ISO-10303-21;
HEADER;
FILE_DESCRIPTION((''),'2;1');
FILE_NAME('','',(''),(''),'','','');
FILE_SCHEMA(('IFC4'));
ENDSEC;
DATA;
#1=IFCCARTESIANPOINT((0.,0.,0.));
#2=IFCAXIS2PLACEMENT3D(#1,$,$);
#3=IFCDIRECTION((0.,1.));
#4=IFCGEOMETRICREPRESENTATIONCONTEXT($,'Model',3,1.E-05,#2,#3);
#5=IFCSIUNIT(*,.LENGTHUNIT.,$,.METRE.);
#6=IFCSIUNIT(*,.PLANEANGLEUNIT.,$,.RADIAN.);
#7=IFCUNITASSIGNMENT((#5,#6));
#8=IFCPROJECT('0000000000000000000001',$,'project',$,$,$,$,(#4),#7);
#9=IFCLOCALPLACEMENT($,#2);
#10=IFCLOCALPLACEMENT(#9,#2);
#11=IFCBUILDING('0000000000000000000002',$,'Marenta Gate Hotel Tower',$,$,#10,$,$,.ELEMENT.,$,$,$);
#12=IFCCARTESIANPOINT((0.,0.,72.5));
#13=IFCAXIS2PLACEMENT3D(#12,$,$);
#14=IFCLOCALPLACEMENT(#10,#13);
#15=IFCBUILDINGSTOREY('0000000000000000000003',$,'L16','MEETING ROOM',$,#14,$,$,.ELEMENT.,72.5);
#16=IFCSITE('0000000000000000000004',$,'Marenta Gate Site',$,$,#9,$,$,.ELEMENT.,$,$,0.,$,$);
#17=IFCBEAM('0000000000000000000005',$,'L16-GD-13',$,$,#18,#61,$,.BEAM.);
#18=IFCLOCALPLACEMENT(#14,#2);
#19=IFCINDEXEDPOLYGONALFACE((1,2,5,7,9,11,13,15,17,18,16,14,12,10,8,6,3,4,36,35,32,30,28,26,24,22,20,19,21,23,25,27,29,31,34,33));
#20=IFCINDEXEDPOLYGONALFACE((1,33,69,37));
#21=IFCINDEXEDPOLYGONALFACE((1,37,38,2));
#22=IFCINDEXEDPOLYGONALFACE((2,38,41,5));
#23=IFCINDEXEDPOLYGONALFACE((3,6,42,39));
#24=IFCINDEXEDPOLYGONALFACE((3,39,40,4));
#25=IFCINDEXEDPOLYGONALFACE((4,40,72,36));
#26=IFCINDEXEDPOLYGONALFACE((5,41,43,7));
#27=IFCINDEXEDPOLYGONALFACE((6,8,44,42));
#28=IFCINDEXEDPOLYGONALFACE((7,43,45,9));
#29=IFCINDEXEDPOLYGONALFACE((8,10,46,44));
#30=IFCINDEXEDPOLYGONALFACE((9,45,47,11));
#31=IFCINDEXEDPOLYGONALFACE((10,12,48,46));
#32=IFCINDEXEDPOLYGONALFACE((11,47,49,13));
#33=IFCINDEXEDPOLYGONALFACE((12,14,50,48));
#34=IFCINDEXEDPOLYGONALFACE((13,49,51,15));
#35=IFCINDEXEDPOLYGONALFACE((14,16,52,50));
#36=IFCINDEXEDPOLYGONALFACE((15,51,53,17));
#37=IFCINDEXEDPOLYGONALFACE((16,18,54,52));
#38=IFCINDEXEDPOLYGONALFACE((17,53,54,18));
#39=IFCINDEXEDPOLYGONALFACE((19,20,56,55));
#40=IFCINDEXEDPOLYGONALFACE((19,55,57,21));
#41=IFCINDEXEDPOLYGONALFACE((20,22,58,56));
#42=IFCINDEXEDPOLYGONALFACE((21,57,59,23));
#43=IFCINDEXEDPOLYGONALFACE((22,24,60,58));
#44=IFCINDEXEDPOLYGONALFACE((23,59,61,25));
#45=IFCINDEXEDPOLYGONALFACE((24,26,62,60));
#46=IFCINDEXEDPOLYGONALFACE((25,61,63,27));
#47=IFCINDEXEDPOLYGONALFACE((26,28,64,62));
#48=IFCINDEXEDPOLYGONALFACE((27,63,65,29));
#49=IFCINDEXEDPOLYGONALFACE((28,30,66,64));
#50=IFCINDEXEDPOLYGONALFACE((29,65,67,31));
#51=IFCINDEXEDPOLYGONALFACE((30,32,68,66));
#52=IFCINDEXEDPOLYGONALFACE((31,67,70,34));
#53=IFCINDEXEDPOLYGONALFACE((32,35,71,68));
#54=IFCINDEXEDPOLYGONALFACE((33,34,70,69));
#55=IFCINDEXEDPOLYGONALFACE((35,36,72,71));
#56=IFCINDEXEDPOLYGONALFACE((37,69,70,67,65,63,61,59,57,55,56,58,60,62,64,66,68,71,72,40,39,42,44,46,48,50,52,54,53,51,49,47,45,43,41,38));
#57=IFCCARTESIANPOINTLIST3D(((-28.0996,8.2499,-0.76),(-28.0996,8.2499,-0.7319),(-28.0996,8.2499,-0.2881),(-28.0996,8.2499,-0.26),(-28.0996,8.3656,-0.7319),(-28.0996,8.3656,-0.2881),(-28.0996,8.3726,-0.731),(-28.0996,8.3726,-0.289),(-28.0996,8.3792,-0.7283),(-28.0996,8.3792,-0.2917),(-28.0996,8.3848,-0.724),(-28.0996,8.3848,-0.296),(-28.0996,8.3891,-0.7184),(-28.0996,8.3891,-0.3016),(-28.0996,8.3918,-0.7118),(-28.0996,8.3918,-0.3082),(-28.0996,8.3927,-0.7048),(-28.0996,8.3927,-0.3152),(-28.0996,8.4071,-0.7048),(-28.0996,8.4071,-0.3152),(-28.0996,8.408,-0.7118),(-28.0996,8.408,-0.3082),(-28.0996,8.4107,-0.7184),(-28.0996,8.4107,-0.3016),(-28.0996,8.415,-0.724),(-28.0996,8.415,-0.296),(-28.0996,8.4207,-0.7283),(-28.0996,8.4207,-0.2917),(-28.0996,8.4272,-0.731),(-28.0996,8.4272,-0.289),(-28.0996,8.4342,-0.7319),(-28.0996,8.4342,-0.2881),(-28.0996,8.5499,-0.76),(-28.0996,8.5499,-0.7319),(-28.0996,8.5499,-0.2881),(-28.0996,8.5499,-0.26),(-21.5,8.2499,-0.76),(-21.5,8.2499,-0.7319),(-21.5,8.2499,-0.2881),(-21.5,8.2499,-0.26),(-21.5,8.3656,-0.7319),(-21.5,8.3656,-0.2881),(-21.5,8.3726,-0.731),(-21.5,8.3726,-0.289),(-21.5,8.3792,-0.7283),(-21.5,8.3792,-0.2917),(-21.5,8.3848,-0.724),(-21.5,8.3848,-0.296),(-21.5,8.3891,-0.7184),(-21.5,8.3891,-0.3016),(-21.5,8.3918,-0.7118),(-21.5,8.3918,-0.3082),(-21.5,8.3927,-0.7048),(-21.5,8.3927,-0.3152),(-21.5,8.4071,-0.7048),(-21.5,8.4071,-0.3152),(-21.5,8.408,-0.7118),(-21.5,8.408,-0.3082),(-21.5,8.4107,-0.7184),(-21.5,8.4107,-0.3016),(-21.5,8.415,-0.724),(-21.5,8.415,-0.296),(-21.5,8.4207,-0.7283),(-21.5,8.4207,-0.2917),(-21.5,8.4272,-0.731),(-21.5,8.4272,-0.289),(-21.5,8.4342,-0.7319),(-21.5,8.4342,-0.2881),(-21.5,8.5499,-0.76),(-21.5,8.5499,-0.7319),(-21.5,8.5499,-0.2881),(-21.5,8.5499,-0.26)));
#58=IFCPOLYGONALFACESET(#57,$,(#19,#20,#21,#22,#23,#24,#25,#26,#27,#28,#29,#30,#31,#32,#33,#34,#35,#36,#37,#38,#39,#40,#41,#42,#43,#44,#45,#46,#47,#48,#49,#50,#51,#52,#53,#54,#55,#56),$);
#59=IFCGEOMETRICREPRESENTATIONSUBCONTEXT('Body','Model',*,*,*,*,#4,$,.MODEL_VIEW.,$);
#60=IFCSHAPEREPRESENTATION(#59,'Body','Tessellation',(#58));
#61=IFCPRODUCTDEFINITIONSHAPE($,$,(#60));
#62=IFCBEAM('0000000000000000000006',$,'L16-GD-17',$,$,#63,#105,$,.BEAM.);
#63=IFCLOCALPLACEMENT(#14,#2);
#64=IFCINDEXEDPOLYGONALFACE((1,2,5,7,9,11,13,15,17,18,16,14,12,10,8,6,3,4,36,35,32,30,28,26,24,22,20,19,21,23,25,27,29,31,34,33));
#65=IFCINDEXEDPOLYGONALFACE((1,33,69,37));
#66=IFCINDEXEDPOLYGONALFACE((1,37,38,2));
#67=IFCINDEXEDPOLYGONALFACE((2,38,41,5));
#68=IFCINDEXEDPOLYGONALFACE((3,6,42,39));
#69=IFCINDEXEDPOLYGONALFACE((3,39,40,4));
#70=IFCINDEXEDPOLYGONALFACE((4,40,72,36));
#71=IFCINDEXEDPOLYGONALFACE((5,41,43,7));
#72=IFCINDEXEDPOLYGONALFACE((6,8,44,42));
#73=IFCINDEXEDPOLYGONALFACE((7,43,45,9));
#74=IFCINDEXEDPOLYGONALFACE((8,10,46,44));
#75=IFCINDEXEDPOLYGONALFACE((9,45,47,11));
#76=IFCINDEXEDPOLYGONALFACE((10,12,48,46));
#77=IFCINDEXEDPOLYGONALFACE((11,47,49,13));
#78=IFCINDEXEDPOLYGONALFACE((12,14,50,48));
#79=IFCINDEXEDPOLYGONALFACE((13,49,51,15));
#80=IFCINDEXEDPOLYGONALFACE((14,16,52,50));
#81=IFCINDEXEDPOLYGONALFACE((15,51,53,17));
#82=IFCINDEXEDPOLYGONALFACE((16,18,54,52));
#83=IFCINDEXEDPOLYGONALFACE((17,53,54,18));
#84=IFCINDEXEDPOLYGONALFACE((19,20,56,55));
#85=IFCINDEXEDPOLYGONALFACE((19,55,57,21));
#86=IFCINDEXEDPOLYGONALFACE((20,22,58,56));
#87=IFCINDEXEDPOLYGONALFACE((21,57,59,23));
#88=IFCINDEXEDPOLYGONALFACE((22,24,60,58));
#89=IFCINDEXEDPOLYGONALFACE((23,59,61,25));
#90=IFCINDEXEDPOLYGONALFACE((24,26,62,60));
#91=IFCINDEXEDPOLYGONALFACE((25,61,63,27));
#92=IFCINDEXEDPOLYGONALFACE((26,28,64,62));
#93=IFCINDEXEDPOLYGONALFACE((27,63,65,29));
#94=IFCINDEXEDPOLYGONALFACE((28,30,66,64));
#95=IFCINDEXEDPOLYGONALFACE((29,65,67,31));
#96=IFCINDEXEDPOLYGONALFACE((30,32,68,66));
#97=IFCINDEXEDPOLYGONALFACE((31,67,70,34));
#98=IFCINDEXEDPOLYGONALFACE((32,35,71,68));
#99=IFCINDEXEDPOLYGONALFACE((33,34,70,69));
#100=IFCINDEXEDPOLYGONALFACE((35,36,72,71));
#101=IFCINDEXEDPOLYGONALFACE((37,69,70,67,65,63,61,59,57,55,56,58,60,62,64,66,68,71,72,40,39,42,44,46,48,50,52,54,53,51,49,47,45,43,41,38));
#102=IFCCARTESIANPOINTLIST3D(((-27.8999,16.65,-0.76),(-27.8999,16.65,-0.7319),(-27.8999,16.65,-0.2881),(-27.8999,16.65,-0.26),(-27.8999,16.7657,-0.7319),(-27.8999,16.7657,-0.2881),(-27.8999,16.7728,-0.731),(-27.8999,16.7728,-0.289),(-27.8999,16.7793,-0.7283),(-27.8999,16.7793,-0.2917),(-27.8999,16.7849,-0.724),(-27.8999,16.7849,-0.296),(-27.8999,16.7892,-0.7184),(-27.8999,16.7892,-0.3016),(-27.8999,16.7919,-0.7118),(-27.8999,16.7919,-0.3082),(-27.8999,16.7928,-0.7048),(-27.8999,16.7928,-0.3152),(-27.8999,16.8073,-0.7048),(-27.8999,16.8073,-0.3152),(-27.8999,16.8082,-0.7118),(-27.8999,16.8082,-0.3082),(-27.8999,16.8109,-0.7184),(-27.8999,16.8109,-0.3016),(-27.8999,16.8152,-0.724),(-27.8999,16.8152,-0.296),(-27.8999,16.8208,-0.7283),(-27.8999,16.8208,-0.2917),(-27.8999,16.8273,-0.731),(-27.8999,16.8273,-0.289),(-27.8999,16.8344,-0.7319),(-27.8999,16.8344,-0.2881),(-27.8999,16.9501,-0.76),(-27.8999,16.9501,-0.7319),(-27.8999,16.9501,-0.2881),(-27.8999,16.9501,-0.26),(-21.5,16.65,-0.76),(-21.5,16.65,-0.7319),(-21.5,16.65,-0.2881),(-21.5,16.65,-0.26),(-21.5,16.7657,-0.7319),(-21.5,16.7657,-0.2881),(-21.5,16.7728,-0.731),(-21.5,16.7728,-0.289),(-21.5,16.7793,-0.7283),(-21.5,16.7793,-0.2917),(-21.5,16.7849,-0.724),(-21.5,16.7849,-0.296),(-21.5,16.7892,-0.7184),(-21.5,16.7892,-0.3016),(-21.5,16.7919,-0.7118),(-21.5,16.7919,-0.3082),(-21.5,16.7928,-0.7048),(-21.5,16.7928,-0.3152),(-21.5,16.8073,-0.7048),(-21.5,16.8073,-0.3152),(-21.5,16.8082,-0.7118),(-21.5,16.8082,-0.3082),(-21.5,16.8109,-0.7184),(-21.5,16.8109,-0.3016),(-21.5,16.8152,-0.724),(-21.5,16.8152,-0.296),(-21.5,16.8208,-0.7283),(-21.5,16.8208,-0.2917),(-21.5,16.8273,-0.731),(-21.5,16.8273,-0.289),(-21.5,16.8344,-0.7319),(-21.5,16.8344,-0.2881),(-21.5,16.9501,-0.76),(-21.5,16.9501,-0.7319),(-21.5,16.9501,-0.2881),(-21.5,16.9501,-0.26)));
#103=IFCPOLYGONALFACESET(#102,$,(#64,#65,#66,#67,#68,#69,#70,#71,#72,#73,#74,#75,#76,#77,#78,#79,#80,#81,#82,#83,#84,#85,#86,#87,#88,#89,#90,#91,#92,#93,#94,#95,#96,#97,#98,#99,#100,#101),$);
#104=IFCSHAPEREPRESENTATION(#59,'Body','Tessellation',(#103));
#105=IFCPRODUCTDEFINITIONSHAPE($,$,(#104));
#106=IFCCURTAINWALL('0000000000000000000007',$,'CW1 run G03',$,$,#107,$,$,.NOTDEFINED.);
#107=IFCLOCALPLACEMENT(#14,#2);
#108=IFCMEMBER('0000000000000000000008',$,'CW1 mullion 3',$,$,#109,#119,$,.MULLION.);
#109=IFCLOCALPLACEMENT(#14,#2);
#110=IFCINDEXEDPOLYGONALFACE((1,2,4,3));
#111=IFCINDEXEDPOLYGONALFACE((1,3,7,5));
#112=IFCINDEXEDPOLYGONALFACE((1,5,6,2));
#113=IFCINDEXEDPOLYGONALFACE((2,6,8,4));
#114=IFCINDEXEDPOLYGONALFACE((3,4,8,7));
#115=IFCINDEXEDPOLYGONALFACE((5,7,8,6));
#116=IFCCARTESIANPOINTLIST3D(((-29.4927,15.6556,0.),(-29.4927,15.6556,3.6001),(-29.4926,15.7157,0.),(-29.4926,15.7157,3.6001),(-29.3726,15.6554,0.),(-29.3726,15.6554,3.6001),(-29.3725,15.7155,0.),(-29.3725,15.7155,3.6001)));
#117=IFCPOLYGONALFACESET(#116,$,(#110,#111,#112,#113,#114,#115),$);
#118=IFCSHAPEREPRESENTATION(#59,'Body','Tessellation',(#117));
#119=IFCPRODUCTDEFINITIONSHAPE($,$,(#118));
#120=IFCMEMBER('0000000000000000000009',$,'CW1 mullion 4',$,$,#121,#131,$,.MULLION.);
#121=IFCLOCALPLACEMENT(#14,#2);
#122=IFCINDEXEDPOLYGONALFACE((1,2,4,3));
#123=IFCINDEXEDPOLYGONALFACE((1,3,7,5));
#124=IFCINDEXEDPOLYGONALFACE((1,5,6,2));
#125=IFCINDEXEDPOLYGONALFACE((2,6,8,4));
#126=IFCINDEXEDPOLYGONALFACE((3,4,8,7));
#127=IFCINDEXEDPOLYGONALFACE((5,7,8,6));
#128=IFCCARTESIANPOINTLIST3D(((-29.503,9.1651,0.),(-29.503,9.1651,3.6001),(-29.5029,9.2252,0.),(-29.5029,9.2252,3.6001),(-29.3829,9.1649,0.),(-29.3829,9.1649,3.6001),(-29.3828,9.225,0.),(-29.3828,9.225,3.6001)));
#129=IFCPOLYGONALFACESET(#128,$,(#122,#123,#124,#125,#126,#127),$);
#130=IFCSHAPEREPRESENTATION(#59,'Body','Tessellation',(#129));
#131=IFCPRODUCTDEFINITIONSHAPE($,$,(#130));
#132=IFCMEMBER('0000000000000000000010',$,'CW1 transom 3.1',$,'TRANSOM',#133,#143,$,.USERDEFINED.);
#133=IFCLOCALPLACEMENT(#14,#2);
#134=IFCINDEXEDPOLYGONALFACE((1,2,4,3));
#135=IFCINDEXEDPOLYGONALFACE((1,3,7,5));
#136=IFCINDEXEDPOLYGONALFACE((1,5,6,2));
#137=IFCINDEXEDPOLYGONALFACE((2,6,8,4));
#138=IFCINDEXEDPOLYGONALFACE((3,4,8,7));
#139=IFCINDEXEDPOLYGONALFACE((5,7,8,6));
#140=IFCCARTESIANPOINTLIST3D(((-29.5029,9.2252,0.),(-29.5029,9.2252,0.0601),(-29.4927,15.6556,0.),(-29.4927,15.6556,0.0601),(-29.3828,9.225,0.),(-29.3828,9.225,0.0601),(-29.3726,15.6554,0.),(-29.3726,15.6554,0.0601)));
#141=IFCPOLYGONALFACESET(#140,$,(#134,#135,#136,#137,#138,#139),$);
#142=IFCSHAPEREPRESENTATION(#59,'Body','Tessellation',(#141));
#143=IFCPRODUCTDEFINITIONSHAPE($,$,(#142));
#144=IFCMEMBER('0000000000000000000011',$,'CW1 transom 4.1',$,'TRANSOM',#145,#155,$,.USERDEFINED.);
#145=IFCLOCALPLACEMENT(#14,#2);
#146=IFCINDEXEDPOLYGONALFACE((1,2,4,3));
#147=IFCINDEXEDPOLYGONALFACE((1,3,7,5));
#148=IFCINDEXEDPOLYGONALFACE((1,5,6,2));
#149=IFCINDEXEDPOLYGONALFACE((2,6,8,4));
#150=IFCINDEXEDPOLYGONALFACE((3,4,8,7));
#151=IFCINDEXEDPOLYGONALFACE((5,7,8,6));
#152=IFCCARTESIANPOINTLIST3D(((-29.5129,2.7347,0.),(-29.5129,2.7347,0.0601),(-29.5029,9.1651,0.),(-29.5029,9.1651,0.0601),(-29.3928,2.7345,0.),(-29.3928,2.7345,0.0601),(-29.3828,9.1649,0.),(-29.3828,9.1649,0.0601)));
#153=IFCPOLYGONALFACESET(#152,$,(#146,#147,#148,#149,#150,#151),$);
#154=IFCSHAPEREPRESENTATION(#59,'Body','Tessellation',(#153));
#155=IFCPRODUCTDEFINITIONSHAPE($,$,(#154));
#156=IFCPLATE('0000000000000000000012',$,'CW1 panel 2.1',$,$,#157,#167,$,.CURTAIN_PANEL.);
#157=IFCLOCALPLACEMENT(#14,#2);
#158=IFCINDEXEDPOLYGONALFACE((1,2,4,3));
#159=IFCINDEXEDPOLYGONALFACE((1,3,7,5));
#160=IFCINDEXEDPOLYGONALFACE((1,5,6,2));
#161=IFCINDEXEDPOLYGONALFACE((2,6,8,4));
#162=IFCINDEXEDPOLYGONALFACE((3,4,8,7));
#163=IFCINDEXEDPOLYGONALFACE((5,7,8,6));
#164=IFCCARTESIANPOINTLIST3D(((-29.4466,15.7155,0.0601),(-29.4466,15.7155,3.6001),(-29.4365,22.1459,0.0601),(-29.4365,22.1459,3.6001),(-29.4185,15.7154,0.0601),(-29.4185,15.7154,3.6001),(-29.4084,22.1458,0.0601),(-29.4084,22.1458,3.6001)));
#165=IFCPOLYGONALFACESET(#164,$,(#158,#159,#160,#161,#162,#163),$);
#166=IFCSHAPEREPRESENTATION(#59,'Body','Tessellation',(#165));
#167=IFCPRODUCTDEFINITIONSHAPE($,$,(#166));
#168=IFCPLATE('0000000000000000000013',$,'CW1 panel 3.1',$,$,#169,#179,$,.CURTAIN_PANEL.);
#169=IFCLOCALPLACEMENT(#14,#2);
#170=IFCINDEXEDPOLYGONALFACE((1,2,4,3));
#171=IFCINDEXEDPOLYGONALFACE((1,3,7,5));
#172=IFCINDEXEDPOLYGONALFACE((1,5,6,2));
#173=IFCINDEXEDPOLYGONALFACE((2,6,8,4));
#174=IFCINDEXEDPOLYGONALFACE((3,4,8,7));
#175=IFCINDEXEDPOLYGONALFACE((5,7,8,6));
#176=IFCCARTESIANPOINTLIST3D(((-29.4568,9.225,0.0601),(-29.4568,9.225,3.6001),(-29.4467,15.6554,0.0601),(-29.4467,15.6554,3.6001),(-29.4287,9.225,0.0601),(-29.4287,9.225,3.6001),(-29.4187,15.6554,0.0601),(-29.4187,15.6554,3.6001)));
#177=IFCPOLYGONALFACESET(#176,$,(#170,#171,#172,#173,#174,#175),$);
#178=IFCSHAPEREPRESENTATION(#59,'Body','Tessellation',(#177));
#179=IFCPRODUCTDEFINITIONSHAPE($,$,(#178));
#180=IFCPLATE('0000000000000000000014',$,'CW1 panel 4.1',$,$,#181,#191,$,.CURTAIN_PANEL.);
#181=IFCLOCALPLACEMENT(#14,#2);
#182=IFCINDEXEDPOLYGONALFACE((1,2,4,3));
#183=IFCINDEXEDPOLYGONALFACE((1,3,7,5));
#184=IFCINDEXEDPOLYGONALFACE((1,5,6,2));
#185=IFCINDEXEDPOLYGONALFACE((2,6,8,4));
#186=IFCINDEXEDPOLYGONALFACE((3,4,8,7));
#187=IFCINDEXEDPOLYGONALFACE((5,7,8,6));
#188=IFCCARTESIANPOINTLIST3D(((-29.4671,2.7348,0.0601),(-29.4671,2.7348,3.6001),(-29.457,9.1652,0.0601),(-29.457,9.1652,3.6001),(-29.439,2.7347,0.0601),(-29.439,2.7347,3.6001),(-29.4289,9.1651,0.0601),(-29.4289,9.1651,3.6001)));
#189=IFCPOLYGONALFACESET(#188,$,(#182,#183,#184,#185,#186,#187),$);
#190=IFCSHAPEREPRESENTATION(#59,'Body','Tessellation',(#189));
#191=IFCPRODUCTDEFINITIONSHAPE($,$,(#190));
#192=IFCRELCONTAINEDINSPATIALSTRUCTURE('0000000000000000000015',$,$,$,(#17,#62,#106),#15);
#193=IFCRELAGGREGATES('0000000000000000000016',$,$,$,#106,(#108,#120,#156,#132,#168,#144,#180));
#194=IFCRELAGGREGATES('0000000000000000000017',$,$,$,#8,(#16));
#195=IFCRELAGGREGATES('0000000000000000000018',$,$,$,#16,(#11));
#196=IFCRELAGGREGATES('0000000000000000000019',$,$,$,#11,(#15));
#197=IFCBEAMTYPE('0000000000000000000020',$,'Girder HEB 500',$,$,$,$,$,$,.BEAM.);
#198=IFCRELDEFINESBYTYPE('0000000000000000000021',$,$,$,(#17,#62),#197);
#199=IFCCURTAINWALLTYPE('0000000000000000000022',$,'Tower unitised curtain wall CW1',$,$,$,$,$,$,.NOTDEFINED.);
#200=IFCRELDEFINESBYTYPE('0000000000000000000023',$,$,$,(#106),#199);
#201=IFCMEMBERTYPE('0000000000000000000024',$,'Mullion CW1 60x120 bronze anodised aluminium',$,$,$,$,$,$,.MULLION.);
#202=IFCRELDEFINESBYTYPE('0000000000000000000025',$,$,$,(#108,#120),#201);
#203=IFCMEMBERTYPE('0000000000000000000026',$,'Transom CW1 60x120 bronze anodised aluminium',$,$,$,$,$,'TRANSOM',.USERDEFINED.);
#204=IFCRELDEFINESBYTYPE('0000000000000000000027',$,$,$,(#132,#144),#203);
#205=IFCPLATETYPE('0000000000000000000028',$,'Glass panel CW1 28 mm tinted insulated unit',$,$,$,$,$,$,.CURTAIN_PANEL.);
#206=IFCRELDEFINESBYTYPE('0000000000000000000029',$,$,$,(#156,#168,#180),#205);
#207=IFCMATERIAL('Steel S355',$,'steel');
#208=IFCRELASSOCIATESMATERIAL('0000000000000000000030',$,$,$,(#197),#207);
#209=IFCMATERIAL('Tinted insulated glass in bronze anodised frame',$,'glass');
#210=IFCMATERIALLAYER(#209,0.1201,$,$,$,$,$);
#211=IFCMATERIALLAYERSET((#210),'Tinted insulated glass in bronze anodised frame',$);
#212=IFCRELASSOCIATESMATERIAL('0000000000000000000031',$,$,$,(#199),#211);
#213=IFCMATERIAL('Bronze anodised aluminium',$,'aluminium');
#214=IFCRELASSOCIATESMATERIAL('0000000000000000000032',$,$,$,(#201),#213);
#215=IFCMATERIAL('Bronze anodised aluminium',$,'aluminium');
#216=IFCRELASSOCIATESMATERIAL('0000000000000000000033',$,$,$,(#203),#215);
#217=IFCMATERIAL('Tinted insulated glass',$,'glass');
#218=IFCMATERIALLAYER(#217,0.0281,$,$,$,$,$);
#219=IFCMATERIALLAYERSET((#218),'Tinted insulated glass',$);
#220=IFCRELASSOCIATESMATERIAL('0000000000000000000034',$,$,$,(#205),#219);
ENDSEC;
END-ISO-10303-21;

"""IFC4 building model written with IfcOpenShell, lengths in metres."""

from ifc_helpers import new_model, si_unit, direction, frame, origin, origin_2d, place, context, subcontext, project, spatial, rectangle, i_section, extrude, material, layer, layer_set, material_profile, profile_set, type_object, element, aggregate, save


model = new_model("IFC4")

# Units and contexts
model_context = context("Model", 3, precision=1e-05, world=origin(), true_north=direction((0.0, 1.0)))
body_context = subcontext(model_context, "Body", "Model", "MODEL_VIEW")
ifc_project = project(units=[si_unit("LENGTHUNIT", "METRE"), si_unit("PLANEANGLEUNIT", "RADIAN")], contexts=[model_context])

# Site, building, storey
site_placement = place(None, origin())
site = spatial("IfcSite", under=ifc_project, at=site_placement, Name="Marenta Gate Site", CompositionType="ELEMENT", RefElevation=0.0)
building_placement = place(site_placement, origin())
building = spatial("IfcBuilding", under=site, at=building_placement, Name="Marenta Gate Hotel Tower", CompositionType="ELEMENT")
storey_placement = place(building_placement, frame((0.0, 0.0, 72.5)))
storey = spatial("IfcBuildingStorey", under=building, at=storey_placement, Name="L16", Description="MEETING ROOM", CompositionType="ELEMENT", Elevation=72.5)

# Beams
ifc_material_1 = material(Name="Steel S355", Category="steel")
ifc_material_profile_1 = material_profile(ifc_material_1, i_section(OverallWidth=0.3, OverallDepth=0.5, WebThickness=0.0144, FlangeThickness=0.0281, FilletRadius=0.0271, at=origin_2d()), Name="HEB 500")
ifc_profile_set_1 = profile_set([ifc_material_profile_1], Name="Steel S355")
beam_type_1 = type_object("IfcBeamType", Name="Girder HEB 500", PredefinedType="BEAM", material=ifc_profile_set_1)
beam_1_placement = place(storey_placement, frame((-28.0996, 8.3999, -0.51), z_axis=(1.0, 0.0, 0.0), x_axis=(0.0, 1.0, 0.0)))
element("IfcBeam", 1, at=beam_1_placement, inside=storey, type_object=beam_type_1, Name="L16-GD-13", PredefinedType="BEAM", context=body_context, shape_type="SweptSolid", body=[
    extrude(i_section(OverallWidth=0.3, OverallDepth=0.5, WebThickness=0.0144, FlangeThickness=0.0281, FilletRadius=0.0271, at=origin_2d()), origin(), (0.0, 0.0, 1.0), 6.5996),
])
beam_2_placement = place(storey_placement, frame((-27.8999, 16.8, -0.51), z_axis=(1.0, 0.0, 0.0), x_axis=(0.0, 1.0, 0.0)))
element("IfcBeam", 2, at=beam_2_placement, inside=storey, type_object=beam_type_1, Name="L16-GD-17", PredefinedType="BEAM", context=body_context, shape_type="SweptSolid", body=[
    extrude(i_section(OverallWidth=0.3, OverallDepth=0.5, WebThickness=0.0144, FlangeThickness=0.0281, FilletRadius=0.0271, at=origin_2d()), origin(), (0.0, 0.0, 1.0), 6.3999),
])

# Curtain wall, members, plates
ifc_material_2 = material(Name="Tinted insulated glass in bronze anodised frame", Category="glass")
ifc_layer_1 = layer(ifc_material_2, 0.1201)
ifc_layer_set_1 = layer_set([ifc_layer_1], Name="Tinted insulated glass in bronze anodised frame")
curtain_wall_type = type_object("IfcCurtainWallType", Name="Tower unitised curtain wall CW1", PredefinedType="NOTDEFINED", material=ifc_layer_set_1)
curtain_wall_placement = place(storey_placement, origin())
curtain_wall = element("IfcCurtainWall", 3, at=curtain_wall_placement, inside=storey, type_object=curtain_wall_type, Name="CW1 run G03", PredefinedType="NOTDEFINED")
ifc_material_3 = material(Name="Bronze anodised aluminium", Category="aluminium")
ifc_material_profile_2 = material_profile(ifc_material_3, rectangle(XDim=0.1201, YDim=0.0601, at=origin_2d()), Name="Mullion CW1 60x120 bronze anodised aluminium")
ifc_profile_set_2 = profile_set([ifc_material_profile_2], Name="Bronze anodised aluminium")
member_type_1 = type_object("IfcMemberType", Name="Mullion CW1 60x120 bronze anodised aluminium", PredefinedType="MULLION", material=ifc_profile_set_2)
member_1_placement = place(storey_placement, frame((-29.4326, 15.6855, 0.0), z_axis=(0.0, 0.0, 1.0), x_axis=(0.999999, -0.001566, 0.0)))
member_1 = element("IfcMember", 4, at=member_1_placement, type_object=member_type_1, Name="CW1 mullion 3", PredefinedType="MULLION", context=body_context, shape_type="SweptSolid", body=[
    extrude(rectangle(XDim=0.1201, YDim=0.0601, at=origin_2d()), origin(), (0.0, 0.0, 1.0), 3.6001),
])
member_2_placement = place(storey_placement, frame((-29.4429, 9.1951, 0.0), z_axis=(0.0, 0.0, 1.0), x_axis=(0.999999, -0.001566, 0.0)))
member_2 = element("IfcMember", 5, at=member_2_placement, type_object=member_type_1, Name="CW1 mullion 4", PredefinedType="MULLION", context=body_context, shape_type="SweptSolid", body=[
    extrude(rectangle(XDim=0.1201, YDim=0.0601, at=origin_2d()), origin(), (0.0, 0.0, 1.0), 3.6001),
])
ifc_material_4 = material(Name="Bronze anodised aluminium", Category="aluminium")
ifc_material_profile_3 = material_profile(ifc_material_4, rectangle(XDim=0.1201, YDim=0.0601, at=origin_2d()), Name="Transom CW1 60x120 bronze anodised aluminium")
ifc_profile_set_3 = profile_set([ifc_material_profile_3], Name="Bronze anodised aluminium")
member_type_2 = type_object("IfcMemberType", Name="Transom CW1 60x120 bronze anodised aluminium", ElementType="TRANSOM", PredefinedType="USERDEFINED", material=ifc_profile_set_3)
member_3_placement = place(storey_placement, frame((-29.4326, 15.6555, 0.03), z_axis=(-0.001595, -0.999999, 0.0), x_axis=(0.999999, -0.001595, 0.0)))
member_3 = element("IfcMember", 6, at=member_3_placement, type_object=member_type_2, Name="CW1 transom 3.1", ObjectType="TRANSOM", PredefinedType="USERDEFINED", context=body_context, shape_type="SweptSolid", body=[
    extrude(rectangle(XDim=0.1201, YDim=0.0601, at=origin_2d()), origin(), (0.0, 0.0, 1.0), 6.4304),
])
member_4_placement = place(storey_placement, frame((-29.4429, 9.165, 0.03), z_axis=(-0.001557, -0.999999, 0.0), x_axis=(0.999999, -0.001557, 0.0)))
member_4 = element("IfcMember", 7, at=member_4_placement, type_object=member_type_2, Name="CW1 transom 4.1", ObjectType="TRANSOM", PredefinedType="USERDEFINED", context=body_context, shape_type="SweptSolid", body=[
    extrude(rectangle(XDim=0.1201, YDim=0.0601, at=origin_2d()), origin(), (0.0, 0.0, 1.0), 6.4304),
])
ifc_material_5 = material(Name="Tinted insulated glass", Category="glass")
ifc_layer_2 = layer(ifc_material_5, 0.0281)
ifc_layer_set_2 = layer_set([ifc_layer_2], Name="Tinted insulated glass")
plate_type = type_object("IfcPlateType", Name="Glass panel CW1 28 mm tinted insulated unit", PredefinedType="CURTAIN_PANEL", material=ifc_layer_set_2)
plate_1_placement = place(storey_placement, frame((-29.4275, 18.9307, 0.0601), z_axis=(0.0, 0.0, 1.0), x_axis=(-0.001566, -0.999999, 0.0)))
plate_1 = element("IfcPlate", 8, at=plate_1_placement, type_object=plate_type, Name="CW1 panel 2.1", PredefinedType="CURTAIN_PANEL", context=body_context, shape_type="SweptSolid", body=[
    extrude(rectangle(XDim=6.4304, YDim=0.0281, at=origin_2d()), origin(), (0.0, 0.0, 1.0), 3.54),
])
plate_2_placement = place(storey_placement, frame((-29.4377, 12.4402, 0.0601), z_axis=(0.0, 0.0, 1.0), x_axis=(-0.001566, -0.999999, 0.0)))
plate_2 = element("IfcPlate", 9, at=plate_2_placement, type_object=plate_type, Name="CW1 panel 3.1", PredefinedType="CURTAIN_PANEL", context=body_context, shape_type="SweptSolid", body=[
    extrude(rectangle(XDim=6.4304, YDim=0.0281, at=origin_2d()), origin(), (0.0, 0.0, 1.0), 3.54),
])
plate_3_placement = place(storey_placement, frame((-29.448, 5.95, 0.0601), z_axis=(0.0, 0.0, 1.0), x_axis=(-0.001566, -0.999999, 0.0)))
plate_3 = element("IfcPlate", 10, at=plate_3_placement, type_object=plate_type, Name="CW1 panel 4.1", PredefinedType="CURTAIN_PANEL", context=body_context, shape_type="SweptSolid", body=[
    extrude(rectangle(XDim=6.4304, YDim=0.0281, at=origin_2d()), origin(), (0.0, 0.0, 1.0), 3.54),
])
aggregate(curtain_wall, [member_1, member_2, plate_1, member_3, plate_2, member_4, plate_3])

save(model, "model.ifc")
